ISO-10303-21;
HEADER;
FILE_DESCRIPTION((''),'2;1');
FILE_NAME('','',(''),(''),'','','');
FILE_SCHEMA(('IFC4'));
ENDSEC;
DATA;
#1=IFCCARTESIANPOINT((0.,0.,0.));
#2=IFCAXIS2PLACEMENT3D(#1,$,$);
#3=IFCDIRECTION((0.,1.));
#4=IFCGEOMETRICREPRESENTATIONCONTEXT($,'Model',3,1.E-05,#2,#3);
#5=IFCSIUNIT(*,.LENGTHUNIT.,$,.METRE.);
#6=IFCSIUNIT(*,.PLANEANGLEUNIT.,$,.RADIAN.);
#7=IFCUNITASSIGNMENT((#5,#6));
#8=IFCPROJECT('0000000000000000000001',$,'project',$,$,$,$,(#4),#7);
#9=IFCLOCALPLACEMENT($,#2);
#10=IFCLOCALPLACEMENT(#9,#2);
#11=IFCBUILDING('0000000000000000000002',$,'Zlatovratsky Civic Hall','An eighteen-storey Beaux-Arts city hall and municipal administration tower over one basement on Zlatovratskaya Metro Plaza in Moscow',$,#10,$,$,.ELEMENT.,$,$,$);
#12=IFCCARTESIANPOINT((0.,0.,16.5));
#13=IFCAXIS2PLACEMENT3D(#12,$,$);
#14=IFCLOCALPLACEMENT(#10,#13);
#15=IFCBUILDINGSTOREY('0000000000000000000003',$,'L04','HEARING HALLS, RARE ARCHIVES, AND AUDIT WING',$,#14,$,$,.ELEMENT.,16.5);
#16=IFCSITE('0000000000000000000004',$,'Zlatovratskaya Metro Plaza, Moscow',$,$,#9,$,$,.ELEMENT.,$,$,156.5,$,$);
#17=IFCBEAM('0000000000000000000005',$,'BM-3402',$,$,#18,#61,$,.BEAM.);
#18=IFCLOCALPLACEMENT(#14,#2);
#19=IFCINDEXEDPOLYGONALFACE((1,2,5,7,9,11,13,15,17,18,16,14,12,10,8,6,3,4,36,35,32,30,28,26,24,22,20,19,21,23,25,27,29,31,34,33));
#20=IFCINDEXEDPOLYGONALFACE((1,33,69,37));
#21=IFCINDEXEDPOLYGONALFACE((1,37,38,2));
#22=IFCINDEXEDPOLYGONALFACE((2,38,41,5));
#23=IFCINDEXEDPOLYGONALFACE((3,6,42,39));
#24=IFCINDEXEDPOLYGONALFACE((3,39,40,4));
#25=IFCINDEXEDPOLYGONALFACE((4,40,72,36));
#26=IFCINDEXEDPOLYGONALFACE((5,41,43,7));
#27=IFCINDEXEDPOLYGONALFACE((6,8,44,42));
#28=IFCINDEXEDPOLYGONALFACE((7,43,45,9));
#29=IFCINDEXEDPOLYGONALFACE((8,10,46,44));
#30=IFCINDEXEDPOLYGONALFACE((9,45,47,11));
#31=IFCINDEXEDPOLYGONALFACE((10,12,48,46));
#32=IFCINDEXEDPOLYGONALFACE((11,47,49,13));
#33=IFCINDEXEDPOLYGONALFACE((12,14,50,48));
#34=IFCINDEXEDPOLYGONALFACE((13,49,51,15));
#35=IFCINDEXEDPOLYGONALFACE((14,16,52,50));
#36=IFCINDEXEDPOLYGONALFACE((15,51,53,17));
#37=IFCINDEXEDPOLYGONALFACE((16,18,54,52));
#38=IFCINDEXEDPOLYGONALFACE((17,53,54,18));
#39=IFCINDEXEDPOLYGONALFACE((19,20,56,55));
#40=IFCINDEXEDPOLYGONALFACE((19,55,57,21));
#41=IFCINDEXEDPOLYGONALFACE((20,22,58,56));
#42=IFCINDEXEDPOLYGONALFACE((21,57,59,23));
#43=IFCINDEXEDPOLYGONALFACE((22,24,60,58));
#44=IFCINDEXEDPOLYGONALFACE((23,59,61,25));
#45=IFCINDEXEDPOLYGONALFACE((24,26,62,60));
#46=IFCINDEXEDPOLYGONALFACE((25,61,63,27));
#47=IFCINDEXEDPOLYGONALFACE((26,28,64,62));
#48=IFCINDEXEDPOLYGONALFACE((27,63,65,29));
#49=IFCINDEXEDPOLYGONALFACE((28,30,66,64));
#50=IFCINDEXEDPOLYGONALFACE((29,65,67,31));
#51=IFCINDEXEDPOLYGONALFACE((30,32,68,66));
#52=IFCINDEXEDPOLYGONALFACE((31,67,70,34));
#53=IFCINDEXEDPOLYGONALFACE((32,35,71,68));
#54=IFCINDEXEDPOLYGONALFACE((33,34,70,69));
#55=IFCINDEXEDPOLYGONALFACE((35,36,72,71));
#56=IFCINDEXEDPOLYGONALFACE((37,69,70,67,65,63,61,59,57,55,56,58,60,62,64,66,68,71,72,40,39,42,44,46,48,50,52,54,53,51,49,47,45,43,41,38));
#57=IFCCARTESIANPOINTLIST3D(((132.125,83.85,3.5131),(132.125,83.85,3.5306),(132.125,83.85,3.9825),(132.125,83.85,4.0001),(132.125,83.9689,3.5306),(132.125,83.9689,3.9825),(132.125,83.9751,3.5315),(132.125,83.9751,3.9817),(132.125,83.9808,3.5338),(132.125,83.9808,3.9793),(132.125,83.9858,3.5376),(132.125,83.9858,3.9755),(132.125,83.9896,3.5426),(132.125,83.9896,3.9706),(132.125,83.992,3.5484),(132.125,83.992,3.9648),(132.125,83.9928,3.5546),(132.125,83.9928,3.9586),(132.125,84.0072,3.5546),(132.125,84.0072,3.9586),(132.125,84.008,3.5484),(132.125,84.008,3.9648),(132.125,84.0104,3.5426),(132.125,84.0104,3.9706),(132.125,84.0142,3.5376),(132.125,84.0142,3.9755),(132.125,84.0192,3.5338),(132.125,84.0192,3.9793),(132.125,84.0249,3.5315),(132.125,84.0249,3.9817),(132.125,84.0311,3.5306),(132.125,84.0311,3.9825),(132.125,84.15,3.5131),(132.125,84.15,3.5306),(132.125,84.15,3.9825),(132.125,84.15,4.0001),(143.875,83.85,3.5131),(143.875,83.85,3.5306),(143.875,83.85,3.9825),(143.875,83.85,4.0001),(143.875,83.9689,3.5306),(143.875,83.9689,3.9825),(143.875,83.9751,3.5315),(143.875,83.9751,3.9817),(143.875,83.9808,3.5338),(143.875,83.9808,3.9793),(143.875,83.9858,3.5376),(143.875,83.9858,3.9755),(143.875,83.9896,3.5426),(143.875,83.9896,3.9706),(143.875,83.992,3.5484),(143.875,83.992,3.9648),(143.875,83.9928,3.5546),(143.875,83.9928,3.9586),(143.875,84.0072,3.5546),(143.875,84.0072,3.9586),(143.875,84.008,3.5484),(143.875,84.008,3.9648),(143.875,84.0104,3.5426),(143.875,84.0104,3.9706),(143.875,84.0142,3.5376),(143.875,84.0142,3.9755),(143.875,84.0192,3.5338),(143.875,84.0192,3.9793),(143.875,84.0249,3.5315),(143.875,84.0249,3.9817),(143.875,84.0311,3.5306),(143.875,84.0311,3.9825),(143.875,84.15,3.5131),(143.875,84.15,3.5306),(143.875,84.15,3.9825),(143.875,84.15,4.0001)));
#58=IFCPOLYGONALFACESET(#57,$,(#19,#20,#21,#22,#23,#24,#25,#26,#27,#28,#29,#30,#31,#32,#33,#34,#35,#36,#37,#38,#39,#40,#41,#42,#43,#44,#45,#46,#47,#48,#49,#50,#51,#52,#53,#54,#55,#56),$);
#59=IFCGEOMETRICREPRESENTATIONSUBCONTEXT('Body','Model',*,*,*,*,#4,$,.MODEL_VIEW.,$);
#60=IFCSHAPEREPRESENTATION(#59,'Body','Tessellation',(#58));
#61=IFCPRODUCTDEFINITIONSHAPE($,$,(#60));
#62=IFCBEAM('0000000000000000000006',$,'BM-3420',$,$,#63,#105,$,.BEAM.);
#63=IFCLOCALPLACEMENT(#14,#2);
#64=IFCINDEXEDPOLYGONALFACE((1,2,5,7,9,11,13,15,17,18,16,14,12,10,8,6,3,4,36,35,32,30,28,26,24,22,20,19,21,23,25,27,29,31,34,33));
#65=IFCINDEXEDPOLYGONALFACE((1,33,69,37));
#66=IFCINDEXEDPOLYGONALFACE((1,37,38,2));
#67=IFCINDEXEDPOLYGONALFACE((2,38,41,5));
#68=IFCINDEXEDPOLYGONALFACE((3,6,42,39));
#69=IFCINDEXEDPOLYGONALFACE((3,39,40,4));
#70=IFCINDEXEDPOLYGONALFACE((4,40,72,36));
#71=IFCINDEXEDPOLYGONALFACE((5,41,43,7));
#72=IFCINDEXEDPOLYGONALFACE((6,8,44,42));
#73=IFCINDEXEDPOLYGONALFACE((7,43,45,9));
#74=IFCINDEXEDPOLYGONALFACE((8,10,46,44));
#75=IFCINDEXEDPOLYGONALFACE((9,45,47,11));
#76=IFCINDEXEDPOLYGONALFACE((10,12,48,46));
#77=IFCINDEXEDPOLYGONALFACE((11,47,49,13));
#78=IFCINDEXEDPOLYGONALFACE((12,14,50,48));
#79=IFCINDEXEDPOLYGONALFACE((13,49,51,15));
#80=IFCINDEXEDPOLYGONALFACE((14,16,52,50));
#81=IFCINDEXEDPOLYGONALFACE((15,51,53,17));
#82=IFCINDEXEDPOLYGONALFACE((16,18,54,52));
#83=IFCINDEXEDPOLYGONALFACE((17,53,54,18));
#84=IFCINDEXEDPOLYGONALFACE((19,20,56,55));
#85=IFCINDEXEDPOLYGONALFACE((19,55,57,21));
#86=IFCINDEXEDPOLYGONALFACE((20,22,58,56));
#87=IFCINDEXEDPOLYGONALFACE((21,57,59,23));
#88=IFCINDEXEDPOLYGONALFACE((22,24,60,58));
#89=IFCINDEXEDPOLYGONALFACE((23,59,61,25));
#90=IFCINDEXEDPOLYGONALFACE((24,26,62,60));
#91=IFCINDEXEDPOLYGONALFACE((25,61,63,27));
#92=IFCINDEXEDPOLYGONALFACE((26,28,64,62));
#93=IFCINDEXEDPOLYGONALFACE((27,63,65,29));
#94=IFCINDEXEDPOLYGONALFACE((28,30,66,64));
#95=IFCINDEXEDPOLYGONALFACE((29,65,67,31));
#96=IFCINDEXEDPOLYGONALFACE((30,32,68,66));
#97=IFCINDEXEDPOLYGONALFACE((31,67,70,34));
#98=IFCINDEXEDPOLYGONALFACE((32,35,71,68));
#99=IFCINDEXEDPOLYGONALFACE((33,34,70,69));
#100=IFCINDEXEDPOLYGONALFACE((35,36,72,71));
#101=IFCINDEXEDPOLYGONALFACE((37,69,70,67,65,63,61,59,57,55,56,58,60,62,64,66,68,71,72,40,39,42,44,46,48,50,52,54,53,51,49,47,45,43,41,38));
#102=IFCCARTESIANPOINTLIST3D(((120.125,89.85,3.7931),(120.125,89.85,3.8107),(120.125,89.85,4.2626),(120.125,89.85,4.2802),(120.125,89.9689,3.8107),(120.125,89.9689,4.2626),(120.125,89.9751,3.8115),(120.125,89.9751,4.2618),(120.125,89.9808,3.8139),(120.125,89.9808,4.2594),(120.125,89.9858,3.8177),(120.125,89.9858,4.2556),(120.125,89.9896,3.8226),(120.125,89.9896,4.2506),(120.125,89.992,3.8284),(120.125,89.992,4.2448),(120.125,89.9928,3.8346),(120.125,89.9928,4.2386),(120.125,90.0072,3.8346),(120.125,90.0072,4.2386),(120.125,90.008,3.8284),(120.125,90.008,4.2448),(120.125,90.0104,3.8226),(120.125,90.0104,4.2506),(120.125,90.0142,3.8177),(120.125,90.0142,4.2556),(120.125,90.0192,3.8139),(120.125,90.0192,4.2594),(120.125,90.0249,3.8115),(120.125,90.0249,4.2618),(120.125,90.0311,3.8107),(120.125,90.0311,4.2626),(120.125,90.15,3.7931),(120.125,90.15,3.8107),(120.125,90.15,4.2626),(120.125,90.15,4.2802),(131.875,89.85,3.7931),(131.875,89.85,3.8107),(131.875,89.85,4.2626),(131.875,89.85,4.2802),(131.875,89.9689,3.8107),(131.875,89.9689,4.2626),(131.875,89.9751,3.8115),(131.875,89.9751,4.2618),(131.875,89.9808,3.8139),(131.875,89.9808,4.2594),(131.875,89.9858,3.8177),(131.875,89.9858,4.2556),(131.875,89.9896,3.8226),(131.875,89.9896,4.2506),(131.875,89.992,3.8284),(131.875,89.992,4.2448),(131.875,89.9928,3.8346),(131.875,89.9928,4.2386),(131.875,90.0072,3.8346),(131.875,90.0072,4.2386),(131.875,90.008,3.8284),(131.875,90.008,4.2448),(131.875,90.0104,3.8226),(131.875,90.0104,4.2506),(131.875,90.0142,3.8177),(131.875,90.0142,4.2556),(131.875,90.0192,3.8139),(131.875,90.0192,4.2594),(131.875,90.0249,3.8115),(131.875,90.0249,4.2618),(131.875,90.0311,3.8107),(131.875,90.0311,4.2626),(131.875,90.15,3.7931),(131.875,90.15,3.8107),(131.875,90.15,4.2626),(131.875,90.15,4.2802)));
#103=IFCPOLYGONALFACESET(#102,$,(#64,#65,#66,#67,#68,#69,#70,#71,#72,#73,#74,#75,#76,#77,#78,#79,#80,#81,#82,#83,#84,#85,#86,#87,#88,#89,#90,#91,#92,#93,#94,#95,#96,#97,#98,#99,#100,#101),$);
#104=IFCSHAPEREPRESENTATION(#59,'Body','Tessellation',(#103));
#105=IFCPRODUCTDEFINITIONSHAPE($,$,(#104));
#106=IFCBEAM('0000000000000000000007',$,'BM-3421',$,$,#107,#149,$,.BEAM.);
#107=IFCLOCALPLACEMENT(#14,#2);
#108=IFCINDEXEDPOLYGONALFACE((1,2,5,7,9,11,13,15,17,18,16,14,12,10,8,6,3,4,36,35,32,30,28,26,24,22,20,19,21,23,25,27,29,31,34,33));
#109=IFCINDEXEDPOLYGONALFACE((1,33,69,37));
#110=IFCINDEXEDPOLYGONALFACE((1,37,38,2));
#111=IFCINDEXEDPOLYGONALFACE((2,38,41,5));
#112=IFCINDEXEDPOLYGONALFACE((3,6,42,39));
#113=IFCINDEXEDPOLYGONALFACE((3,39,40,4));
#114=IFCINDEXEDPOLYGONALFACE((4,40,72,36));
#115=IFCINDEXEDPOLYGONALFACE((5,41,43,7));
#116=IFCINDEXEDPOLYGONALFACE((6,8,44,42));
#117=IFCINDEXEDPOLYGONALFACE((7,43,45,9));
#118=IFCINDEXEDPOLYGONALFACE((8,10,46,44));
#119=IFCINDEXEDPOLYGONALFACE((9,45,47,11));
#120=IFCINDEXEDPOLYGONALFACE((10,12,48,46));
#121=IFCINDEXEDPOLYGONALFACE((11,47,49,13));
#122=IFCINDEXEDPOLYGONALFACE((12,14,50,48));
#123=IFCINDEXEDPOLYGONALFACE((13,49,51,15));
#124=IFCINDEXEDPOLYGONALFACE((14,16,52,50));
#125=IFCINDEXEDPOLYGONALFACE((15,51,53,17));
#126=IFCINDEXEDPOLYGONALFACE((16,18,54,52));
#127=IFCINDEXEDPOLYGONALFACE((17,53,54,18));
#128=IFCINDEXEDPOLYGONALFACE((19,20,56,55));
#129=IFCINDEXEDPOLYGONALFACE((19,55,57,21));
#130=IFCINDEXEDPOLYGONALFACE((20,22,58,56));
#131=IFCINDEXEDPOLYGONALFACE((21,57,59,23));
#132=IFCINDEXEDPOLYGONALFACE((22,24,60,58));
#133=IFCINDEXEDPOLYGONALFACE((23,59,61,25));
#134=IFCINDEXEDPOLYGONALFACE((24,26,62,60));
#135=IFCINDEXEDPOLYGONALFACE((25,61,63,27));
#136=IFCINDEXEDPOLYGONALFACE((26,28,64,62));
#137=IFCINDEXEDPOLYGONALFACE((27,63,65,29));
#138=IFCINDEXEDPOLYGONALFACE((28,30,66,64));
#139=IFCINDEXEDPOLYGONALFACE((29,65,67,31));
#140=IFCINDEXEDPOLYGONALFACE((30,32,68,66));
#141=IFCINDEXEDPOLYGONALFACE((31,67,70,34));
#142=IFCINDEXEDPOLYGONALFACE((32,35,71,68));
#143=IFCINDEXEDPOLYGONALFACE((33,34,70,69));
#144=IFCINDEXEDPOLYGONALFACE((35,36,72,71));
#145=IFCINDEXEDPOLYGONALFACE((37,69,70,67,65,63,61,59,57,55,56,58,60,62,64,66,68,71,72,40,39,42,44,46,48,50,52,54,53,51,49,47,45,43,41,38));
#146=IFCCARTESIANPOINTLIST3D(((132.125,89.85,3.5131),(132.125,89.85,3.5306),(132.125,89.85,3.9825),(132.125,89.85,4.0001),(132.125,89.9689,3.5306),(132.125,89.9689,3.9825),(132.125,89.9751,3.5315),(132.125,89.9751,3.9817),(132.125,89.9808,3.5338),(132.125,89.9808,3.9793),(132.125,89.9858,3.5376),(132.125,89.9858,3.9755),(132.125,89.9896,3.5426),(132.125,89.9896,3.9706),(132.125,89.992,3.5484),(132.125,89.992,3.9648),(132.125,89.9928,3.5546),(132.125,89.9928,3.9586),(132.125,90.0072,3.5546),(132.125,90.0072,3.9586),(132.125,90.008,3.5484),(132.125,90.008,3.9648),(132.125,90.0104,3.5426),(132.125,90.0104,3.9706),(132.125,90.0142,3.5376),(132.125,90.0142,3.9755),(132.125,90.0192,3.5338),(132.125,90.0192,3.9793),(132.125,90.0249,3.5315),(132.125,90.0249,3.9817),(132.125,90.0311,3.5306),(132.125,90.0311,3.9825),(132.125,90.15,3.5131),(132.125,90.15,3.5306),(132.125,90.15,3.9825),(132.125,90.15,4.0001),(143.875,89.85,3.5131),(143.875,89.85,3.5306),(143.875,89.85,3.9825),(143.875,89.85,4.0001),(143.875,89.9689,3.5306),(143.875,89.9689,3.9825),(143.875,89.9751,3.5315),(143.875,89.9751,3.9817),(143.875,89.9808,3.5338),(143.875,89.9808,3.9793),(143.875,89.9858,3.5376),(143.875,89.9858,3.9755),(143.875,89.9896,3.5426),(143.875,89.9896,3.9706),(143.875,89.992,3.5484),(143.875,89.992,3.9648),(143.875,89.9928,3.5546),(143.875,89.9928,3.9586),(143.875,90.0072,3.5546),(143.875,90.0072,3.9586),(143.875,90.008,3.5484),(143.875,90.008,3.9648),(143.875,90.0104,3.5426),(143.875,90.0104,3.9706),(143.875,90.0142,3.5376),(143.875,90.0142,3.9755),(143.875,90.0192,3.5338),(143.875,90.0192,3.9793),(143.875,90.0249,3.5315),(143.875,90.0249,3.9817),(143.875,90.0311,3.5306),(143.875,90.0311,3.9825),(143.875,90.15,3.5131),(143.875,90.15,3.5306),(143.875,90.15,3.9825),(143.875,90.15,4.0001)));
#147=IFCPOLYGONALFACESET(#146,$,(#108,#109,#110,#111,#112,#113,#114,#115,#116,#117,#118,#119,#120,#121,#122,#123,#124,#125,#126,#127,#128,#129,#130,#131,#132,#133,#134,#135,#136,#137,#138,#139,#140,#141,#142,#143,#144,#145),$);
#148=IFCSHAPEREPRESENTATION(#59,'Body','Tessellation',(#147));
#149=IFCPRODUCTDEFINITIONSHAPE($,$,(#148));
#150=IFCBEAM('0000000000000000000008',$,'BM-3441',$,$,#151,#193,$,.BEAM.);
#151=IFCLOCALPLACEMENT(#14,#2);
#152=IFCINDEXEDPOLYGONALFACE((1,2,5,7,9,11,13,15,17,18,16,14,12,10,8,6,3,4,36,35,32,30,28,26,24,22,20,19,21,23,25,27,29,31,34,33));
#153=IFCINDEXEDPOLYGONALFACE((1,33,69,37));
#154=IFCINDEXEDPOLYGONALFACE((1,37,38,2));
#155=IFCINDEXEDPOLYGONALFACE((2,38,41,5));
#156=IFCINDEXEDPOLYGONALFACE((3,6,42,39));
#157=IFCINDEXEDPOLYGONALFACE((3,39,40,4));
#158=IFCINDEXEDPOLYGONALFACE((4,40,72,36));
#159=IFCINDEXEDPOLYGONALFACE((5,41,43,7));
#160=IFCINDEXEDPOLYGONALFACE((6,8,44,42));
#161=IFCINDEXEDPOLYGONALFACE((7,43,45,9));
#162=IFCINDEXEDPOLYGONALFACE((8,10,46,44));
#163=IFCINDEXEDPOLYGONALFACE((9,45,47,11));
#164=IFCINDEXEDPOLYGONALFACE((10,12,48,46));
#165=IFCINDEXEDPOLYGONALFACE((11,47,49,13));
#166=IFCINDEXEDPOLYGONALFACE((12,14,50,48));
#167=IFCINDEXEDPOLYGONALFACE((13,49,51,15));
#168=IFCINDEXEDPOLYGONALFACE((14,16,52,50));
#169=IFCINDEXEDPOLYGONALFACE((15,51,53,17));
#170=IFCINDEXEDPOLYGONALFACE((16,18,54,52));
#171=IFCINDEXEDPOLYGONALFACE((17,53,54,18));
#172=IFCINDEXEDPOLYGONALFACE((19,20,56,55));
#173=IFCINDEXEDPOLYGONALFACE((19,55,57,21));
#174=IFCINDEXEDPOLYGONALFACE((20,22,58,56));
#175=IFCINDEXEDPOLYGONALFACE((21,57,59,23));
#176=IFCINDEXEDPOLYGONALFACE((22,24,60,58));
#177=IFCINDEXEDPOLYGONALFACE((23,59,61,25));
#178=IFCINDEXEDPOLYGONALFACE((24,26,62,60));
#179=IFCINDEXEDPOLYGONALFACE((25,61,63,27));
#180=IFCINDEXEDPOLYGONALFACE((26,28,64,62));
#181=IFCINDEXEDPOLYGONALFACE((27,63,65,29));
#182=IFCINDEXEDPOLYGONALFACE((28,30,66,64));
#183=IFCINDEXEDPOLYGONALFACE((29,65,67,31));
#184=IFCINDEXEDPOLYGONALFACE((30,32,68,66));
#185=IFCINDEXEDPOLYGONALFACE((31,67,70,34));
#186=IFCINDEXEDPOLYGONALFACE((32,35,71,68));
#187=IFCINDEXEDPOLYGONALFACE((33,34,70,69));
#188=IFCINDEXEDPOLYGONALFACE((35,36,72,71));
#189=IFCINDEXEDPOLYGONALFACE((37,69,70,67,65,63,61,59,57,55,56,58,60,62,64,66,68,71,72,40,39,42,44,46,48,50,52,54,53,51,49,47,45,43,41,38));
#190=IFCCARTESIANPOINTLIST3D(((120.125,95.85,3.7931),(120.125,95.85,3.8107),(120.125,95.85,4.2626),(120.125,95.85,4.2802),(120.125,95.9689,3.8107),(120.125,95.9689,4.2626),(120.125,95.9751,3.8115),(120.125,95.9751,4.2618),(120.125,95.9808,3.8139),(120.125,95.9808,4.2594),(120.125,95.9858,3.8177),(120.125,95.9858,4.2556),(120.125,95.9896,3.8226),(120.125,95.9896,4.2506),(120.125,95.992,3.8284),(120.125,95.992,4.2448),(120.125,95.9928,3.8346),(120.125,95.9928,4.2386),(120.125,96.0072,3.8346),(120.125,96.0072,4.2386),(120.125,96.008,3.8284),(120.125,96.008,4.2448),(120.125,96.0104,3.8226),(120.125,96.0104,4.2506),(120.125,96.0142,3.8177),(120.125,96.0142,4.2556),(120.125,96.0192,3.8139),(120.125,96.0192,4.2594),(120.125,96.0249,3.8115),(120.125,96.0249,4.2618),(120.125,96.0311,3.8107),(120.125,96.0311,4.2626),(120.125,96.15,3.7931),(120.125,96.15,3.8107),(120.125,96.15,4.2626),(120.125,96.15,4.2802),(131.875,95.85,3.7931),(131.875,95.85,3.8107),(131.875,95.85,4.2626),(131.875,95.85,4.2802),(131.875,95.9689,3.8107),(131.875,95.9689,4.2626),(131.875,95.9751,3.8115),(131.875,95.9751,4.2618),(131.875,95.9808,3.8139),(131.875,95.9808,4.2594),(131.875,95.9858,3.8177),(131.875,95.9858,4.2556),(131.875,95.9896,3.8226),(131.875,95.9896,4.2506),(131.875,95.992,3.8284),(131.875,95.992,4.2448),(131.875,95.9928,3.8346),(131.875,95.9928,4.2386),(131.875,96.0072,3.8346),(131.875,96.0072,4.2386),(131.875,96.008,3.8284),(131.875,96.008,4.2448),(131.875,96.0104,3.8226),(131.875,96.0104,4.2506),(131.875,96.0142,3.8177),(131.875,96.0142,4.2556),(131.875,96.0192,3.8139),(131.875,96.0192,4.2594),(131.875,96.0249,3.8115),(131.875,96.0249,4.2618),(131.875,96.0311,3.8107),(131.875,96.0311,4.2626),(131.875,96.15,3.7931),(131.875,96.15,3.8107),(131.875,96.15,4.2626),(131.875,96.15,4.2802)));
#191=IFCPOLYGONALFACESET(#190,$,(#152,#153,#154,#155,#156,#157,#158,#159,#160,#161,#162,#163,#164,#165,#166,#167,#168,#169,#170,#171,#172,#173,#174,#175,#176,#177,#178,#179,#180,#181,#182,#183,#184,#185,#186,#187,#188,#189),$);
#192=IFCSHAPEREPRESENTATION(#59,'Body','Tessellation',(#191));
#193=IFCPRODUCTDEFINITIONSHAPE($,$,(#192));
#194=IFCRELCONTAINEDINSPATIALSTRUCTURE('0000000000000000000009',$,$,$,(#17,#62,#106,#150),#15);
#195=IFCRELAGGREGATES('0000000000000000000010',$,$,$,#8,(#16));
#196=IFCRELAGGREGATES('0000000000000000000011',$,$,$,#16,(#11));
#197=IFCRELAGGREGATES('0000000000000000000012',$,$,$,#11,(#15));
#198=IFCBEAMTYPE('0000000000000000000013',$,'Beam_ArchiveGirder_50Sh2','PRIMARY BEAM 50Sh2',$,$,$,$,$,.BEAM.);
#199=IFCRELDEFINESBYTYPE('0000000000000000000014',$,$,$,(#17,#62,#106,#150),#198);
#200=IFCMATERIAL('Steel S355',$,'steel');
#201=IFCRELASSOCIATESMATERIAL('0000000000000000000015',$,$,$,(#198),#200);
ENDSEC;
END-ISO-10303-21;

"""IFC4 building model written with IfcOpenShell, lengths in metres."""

from ifc_helpers import new_model, si_unit, direction, frame, origin, origin_2d, place, context, subcontext, project, spatial, i_section, extrude, material, material_profile, profile_set, type_object, element, save


model = new_model("IFC4")

# Units and contexts
model_context = context("Model", 3, precision=1e-05, world=origin(), true_north=direction((0.0, 1.0)))
body_context = subcontext(model_context, "Body", "Model", "MODEL_VIEW")
ifc_project = project(units=[si_unit("LENGTHUNIT", "METRE"), si_unit("PLANEANGLEUNIT", "RADIAN")], contexts=[model_context])

# Site, building, storey
site_placement = place(None, origin())
site = spatial("IfcSite", under=ifc_project, at=site_placement, Name="Zlatovratskaya Metro Plaza, Moscow", CompositionType="ELEMENT", RefElevation=156.5)
building_placement = place(site_placement, origin())
building = spatial("IfcBuilding", under=site, at=building_placement, Name="Zlatovratsky Civic Hall", Description="An eighteen-storey Beaux-Arts city hall and municipal administration tower over one basement on Zlatovratskaya Metro Plaza in Moscow", CompositionType="ELEMENT")
storey_placement = place(building_placement, frame((0.0, 0.0, 16.5)))
storey = spatial("IfcBuildingStorey", under=building, at=storey_placement, Name="L04", Description="HEARING HALLS, RARE ARCHIVES, AND AUDIT WING", CompositionType="ELEMENT", Elevation=16.5)

# Shared definitions
ifc_material_1 = material(Name="Steel S355", Category="steel")

# Beams
ifc_material_profile_1 = material_profile(ifc_material_1, i_section(OverallWidth=0.3, OverallDepth=0.4871, WebThickness=0.0144, FlangeThickness=0.0176, FilletRadius=0.0239, at=origin_2d()), Name="50Sh2")
ifc_profile_set_1 = profile_set([ifc_material_profile_1], Name="Steel S355")
beam_type_1 = type_object("IfcBeamType", Name="Beam_ArchiveGirder_50Sh2", Description="PRIMARY BEAM 50Sh2", PredefinedType="BEAM", material=ifc_profile_set_1)
for number, where, z_axis, x_axis, name in (
    (1, (132.125, 84.0, 3.7566), (1.0, 0.0, 0.0), (0.0, 1.0, 0.0), "BM-3402"),
    (2, (120.125, 90.0, 4.0366), (1.0, 0.0, 0.0), (0.0, 1.0, 0.0), "BM-3420"),
    (3, (132.125, 90.0, 3.7566), (1.0, 0.0, 0.0), (0.0, 1.0, 0.0), "BM-3421"),
    (4, (120.125, 96.0, 4.0366), (1.0, 0.0, 0.0), (0.0, 1.0, 0.0), "BM-3441"),
):
    element("IfcBeam", number, at=place(storey_placement, frame(where, z_axis=z_axis, x_axis=x_axis)), inside=storey, type_object=beam_type_1, Name=name, PredefinedType="BEAM", context=body_context, shape_type="SweptSolid", body=[
        extrude(i_section(OverallWidth=0.3, OverallDepth=0.4871, WebThickness=0.0144, FlangeThickness=0.0176, FilletRadius=0.0239, at=origin_2d()), origin(), (0.0, 0.0, 1.0), 11.75),
    ])

save(model, "model.ifc")
